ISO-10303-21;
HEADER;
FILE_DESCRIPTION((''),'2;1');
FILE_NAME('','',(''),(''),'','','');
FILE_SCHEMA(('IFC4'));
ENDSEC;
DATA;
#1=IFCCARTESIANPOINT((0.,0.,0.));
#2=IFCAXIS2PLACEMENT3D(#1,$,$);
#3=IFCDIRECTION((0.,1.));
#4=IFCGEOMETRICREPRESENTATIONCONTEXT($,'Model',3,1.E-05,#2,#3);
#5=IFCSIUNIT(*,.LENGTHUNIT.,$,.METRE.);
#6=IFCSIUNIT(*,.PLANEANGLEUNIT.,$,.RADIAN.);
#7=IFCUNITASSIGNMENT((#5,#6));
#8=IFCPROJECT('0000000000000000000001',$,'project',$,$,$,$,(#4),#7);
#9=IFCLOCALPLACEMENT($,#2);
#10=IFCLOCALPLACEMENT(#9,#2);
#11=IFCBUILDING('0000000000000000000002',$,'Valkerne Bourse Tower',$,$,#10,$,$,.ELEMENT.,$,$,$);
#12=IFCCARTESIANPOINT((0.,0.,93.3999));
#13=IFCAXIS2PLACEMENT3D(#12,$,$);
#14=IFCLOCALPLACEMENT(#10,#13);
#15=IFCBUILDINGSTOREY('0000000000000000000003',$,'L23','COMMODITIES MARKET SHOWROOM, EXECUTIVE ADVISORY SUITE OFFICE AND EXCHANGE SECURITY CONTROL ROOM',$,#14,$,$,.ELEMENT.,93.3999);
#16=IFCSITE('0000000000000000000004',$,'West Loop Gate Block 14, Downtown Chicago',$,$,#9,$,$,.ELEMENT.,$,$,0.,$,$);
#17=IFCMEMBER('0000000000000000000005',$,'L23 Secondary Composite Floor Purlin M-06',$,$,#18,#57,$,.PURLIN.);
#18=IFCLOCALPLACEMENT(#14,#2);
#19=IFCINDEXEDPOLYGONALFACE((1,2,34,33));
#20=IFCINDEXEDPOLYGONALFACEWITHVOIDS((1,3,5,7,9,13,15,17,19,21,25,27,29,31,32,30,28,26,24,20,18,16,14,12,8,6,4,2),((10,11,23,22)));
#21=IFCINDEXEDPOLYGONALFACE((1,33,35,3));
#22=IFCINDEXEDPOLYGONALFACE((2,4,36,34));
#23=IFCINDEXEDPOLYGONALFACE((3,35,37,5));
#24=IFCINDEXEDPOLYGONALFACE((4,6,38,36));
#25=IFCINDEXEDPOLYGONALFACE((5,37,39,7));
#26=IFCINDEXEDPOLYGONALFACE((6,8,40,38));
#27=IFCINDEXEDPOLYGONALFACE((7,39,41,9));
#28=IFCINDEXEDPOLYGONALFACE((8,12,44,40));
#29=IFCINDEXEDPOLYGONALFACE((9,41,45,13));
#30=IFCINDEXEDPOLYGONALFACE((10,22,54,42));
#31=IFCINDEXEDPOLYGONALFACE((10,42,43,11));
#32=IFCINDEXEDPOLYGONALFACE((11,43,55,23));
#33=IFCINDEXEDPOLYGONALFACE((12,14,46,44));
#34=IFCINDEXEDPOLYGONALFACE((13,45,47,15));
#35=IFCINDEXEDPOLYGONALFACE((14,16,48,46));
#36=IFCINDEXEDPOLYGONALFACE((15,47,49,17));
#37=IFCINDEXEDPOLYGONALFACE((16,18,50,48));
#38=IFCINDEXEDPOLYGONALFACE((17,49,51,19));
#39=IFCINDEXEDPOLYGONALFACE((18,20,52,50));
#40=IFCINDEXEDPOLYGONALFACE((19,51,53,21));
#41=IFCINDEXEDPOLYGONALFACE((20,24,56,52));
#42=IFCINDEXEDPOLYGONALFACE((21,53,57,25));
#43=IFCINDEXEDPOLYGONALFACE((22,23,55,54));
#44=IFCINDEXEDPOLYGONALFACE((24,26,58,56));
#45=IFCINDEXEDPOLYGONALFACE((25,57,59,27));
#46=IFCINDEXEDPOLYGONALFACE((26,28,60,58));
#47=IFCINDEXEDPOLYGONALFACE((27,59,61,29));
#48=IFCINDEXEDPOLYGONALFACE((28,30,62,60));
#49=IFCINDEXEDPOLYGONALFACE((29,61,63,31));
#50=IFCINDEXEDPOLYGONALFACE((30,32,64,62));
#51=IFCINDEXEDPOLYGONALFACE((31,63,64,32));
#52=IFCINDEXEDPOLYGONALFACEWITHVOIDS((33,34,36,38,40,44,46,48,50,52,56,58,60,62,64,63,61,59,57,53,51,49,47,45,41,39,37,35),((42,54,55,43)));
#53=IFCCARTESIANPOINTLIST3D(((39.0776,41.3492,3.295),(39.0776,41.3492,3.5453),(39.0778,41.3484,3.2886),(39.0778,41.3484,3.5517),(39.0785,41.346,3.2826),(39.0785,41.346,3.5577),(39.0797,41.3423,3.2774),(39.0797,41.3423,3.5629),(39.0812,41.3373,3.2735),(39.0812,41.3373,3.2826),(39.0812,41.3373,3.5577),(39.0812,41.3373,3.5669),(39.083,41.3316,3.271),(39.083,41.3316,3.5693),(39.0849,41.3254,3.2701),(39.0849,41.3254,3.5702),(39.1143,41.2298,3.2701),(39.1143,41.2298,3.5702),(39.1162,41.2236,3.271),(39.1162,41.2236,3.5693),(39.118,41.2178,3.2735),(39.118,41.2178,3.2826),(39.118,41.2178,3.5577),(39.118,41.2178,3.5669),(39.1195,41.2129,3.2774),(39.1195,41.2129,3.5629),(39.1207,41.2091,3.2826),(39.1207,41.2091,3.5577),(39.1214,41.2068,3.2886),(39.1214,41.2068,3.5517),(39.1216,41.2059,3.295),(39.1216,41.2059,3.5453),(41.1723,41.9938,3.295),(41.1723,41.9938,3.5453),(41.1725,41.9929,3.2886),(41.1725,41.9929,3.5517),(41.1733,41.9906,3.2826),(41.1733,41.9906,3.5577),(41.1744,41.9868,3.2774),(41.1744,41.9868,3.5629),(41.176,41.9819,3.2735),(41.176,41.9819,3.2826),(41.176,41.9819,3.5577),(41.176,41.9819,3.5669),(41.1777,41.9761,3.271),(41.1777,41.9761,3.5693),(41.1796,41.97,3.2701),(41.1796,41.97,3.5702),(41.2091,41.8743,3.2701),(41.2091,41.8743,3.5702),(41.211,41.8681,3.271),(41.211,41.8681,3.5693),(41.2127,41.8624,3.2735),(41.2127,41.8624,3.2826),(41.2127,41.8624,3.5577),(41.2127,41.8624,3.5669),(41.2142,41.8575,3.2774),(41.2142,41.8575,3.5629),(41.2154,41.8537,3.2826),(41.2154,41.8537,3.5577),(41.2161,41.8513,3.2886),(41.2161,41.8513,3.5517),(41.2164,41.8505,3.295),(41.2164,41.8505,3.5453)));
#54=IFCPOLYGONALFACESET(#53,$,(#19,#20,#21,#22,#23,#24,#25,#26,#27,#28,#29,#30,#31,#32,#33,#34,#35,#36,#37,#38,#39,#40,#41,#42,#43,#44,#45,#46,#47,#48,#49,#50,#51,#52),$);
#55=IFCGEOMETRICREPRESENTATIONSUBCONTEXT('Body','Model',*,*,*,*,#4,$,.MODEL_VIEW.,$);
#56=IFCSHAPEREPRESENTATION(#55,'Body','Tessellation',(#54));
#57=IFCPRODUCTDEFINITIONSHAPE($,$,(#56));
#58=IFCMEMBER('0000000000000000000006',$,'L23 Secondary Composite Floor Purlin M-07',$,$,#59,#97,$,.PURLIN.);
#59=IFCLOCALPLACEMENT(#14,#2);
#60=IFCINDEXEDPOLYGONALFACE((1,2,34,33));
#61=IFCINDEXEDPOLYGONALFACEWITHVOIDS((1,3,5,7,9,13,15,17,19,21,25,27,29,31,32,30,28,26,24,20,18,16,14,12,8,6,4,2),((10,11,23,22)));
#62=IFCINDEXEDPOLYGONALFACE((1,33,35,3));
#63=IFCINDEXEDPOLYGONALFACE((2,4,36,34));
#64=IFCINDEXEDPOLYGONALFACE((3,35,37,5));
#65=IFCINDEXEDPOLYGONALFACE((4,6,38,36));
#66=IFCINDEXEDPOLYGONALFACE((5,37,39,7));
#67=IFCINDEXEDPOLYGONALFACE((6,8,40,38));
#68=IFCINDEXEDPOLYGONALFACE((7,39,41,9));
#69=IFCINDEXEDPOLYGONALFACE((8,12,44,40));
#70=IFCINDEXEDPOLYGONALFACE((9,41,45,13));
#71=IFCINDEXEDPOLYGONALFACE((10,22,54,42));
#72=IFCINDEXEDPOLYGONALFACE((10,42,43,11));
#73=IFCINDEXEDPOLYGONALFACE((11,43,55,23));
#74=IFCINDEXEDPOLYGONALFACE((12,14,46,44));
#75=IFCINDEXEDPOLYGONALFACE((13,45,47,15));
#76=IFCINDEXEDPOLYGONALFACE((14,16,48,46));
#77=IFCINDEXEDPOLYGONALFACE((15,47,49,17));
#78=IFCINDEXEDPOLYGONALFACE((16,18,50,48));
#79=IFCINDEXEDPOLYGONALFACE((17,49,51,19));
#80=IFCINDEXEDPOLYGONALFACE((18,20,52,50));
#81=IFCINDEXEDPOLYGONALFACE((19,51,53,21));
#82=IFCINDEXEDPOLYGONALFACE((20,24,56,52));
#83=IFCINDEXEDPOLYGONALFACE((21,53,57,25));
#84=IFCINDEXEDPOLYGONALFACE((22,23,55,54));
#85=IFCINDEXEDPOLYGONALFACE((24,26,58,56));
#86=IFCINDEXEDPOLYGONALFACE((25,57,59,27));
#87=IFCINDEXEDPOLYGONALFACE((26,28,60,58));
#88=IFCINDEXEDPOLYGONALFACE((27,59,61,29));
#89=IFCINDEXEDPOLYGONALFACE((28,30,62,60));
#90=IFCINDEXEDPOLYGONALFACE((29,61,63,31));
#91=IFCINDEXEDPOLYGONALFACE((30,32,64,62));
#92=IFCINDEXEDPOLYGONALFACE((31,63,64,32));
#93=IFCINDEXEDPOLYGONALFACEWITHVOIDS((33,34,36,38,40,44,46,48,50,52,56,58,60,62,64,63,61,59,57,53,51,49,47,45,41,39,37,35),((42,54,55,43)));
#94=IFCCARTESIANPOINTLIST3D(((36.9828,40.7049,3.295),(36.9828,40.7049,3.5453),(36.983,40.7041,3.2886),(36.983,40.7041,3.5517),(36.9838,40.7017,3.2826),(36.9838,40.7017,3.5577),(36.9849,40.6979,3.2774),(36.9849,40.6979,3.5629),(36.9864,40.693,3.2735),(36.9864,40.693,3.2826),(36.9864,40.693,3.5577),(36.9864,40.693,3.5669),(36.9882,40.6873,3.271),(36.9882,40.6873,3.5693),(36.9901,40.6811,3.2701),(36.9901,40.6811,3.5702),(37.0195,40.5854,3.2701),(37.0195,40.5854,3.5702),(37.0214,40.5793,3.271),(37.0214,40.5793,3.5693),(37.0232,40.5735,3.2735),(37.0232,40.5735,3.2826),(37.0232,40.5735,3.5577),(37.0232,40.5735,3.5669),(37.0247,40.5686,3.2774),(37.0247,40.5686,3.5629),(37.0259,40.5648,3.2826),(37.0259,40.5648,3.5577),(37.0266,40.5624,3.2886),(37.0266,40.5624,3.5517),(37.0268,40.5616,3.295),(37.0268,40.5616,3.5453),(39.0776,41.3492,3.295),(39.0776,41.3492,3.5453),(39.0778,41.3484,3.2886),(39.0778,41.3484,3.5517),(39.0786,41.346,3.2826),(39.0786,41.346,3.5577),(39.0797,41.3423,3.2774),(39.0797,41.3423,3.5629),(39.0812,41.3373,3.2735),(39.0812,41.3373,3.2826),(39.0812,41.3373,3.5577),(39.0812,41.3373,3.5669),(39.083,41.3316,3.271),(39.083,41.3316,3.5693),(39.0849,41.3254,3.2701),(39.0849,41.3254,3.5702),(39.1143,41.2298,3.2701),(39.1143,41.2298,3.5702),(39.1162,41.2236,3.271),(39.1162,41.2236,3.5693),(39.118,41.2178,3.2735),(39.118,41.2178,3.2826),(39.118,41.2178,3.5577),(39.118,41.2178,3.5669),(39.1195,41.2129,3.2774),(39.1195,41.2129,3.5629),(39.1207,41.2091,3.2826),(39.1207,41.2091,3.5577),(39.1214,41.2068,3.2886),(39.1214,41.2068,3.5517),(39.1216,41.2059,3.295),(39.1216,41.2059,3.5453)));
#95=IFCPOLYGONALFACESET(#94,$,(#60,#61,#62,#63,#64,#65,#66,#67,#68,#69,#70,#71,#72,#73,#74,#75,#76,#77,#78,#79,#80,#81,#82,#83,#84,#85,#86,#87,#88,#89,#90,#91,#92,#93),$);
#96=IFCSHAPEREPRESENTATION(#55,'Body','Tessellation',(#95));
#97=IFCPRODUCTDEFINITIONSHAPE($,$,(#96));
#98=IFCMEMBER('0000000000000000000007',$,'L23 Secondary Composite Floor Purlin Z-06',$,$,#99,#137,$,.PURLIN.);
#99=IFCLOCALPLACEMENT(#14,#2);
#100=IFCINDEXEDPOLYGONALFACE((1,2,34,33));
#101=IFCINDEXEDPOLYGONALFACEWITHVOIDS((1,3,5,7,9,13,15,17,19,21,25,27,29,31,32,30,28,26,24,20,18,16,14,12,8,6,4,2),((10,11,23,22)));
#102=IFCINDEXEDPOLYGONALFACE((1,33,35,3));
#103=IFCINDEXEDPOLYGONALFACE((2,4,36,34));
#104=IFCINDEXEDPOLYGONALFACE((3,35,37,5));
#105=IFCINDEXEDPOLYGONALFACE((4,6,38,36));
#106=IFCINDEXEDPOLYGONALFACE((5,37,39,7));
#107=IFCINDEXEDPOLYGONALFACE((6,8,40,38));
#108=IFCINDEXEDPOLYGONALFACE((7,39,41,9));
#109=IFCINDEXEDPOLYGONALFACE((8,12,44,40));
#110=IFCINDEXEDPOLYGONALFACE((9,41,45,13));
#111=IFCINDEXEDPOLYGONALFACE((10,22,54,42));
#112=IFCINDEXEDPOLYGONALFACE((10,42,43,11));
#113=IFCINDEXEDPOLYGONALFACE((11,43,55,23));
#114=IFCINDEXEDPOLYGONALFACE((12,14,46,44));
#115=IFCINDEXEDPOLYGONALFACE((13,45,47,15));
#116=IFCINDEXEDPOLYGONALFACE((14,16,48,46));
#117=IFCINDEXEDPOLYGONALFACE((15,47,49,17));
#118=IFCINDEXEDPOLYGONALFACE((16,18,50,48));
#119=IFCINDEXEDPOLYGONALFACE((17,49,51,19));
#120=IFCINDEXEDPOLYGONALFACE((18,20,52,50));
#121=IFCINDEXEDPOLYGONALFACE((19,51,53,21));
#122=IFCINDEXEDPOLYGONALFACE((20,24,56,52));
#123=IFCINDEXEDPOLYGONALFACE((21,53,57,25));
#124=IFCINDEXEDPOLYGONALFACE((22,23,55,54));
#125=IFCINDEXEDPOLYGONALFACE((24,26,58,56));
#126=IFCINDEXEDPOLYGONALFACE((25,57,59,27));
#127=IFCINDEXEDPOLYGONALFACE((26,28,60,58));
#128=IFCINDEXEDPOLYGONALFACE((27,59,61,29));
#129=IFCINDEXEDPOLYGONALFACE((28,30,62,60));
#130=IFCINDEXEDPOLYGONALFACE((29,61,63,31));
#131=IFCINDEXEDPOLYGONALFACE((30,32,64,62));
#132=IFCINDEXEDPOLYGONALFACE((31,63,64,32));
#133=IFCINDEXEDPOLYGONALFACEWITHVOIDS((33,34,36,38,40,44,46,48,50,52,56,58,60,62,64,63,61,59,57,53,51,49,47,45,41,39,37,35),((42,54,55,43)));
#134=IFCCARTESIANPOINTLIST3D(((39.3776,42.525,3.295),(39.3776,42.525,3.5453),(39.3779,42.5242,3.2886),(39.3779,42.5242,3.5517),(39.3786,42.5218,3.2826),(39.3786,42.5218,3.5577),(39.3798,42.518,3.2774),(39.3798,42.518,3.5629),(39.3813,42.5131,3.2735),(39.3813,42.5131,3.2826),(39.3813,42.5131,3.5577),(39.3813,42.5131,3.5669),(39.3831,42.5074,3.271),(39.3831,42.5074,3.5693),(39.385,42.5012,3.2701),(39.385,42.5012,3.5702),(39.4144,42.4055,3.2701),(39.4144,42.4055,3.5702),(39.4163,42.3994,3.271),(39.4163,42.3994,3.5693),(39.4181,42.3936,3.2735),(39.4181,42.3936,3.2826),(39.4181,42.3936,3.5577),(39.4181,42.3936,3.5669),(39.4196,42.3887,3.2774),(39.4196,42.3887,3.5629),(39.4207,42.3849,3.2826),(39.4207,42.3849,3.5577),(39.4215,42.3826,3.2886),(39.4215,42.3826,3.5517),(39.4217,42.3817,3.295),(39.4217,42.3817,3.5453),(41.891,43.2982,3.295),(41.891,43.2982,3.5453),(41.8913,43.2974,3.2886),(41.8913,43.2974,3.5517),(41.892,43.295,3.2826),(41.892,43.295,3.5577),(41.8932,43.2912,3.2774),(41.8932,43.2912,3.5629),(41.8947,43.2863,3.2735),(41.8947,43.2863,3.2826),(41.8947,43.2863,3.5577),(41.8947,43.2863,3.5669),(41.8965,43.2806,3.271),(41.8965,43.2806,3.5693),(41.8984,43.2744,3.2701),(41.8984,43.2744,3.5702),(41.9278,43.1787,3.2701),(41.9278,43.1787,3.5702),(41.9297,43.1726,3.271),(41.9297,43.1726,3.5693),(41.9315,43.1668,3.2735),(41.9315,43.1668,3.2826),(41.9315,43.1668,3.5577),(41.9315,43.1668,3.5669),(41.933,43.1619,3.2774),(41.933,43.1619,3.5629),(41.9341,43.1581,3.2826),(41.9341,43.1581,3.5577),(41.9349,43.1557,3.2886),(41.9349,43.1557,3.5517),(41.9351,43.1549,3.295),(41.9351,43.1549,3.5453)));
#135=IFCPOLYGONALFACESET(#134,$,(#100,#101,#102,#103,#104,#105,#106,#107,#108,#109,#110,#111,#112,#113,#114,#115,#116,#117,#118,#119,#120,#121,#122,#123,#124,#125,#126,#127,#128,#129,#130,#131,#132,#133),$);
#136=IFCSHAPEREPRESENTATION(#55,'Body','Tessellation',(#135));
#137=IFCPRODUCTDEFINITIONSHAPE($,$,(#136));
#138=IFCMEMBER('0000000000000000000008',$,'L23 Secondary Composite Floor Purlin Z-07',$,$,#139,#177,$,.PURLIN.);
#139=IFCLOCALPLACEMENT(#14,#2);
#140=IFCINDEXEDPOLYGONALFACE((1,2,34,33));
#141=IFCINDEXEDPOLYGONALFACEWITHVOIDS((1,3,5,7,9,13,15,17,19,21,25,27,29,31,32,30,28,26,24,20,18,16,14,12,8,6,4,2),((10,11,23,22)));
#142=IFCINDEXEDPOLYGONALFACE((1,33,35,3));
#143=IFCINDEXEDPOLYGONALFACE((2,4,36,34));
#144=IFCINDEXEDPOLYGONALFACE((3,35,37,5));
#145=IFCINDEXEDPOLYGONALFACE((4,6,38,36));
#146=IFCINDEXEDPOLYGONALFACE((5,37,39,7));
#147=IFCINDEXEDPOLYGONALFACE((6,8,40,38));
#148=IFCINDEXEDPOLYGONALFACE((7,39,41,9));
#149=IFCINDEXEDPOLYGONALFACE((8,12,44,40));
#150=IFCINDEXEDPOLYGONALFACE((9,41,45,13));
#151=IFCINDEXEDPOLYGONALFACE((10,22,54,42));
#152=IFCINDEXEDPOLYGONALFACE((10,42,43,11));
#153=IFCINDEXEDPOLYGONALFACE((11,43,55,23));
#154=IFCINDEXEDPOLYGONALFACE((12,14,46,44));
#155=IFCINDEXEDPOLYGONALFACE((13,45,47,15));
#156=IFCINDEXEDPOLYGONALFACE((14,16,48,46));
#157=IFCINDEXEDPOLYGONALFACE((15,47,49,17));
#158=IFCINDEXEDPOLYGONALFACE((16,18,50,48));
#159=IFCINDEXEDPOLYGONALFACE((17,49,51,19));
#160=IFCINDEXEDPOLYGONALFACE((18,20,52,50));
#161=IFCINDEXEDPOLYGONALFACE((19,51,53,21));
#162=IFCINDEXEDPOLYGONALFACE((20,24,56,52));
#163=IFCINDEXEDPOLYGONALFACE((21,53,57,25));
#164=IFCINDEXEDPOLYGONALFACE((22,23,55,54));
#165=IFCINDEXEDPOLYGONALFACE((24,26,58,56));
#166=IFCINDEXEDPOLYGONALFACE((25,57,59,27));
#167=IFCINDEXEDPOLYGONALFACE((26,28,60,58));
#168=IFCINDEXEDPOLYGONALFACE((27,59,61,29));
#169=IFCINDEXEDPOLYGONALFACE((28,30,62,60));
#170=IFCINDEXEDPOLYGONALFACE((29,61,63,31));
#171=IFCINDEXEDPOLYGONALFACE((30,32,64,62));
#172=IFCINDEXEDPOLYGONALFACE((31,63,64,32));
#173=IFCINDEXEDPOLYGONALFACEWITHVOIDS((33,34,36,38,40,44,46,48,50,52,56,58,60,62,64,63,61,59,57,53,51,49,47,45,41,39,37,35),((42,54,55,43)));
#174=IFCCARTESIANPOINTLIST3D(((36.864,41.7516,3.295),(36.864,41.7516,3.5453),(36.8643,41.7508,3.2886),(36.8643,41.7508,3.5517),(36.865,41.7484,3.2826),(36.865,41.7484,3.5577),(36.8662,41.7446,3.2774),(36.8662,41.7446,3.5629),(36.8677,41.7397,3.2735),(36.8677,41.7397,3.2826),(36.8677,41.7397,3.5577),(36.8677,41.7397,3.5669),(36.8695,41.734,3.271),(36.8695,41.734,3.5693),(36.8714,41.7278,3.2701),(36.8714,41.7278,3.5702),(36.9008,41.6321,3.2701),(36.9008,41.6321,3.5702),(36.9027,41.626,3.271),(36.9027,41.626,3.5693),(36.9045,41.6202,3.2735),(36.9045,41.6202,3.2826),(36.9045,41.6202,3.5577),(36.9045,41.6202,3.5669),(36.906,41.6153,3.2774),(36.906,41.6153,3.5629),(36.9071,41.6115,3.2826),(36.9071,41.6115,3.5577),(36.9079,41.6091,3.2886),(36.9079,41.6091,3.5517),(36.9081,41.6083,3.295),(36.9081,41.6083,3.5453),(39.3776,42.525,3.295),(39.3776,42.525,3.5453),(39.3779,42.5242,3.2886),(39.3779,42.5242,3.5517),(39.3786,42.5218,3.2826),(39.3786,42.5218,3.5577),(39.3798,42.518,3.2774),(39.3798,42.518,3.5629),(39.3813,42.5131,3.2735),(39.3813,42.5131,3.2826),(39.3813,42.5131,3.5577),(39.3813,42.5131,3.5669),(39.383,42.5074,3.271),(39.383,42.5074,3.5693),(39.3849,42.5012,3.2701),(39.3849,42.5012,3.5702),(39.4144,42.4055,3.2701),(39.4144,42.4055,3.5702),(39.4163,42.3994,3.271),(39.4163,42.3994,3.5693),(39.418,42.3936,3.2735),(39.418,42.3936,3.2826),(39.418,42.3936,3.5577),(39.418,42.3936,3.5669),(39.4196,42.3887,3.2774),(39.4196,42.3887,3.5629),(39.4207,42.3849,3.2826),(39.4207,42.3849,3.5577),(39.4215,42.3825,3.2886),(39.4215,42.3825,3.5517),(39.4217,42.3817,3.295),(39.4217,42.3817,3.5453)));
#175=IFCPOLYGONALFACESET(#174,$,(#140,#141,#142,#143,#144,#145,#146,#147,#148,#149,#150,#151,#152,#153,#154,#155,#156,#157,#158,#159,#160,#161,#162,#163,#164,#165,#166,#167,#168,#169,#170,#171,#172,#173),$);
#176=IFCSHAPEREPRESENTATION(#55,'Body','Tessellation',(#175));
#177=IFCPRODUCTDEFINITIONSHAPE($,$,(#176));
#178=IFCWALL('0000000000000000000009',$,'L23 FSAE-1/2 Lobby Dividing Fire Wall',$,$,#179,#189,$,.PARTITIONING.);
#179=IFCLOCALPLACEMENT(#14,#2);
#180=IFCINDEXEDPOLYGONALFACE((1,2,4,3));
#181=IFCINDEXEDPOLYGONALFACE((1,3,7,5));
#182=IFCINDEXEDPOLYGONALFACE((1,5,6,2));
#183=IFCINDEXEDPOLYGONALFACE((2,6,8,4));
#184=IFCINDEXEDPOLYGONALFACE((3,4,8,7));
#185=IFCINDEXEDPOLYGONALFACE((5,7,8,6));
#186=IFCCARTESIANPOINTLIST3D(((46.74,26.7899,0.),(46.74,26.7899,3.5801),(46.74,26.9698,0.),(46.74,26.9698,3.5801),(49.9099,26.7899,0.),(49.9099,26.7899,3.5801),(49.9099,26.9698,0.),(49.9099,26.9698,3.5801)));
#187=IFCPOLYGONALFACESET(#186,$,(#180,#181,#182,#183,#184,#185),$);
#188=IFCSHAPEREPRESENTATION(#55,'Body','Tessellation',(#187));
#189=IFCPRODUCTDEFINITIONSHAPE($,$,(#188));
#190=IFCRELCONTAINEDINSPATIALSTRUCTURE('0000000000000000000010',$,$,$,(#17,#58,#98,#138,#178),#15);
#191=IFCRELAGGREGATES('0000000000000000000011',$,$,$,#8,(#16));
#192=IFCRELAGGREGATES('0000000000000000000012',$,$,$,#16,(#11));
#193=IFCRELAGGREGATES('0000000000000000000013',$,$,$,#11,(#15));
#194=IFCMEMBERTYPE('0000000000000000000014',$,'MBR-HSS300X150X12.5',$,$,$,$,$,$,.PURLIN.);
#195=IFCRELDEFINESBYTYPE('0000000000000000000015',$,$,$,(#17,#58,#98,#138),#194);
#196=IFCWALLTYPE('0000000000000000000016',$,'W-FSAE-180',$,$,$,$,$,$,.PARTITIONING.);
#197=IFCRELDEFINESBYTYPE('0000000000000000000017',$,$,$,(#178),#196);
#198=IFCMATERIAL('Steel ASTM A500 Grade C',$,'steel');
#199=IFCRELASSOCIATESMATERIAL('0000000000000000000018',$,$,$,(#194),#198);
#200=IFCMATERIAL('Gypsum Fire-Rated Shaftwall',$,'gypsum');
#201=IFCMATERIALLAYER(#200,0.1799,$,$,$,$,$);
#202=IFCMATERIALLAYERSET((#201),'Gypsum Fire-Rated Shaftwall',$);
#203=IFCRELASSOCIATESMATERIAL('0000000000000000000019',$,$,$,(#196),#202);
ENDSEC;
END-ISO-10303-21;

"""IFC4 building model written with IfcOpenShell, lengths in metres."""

from ifc_helpers import new_model, si_unit, direction, frame, frame_2d, origin, origin_2d, place, context, subcontext, project, spatial, rectangle, hollow_rectangle, extrude, material, layer, layer_set, material_profile, profile_set, type_object, element, save


model = new_model("IFC4")

# Units and contexts
model_context = context("Model", 3, precision=1e-05, world=origin(), true_north=direction((0.0, 1.0)))
body_context = subcontext(model_context, "Body", "Model", "MODEL_VIEW")
ifc_project = project(units=[si_unit("LENGTHUNIT", "METRE"), si_unit("PLANEANGLEUNIT", "RADIAN")], contexts=[model_context])

# Site, building, storey
site_placement = place(None, origin())
site = spatial("IfcSite", under=ifc_project, at=site_placement, Name="West Loop Gate Block 14, Downtown Chicago", CompositionType="ELEMENT", RefElevation=0.0)
building_placement = place(site_placement, origin())
building = spatial("IfcBuilding", under=site, at=building_placement, Name="Valkerne Bourse Tower", CompositionType="ELEMENT")
storey_placement = place(building_placement, frame((0.0, 0.0, 93.3999)))
storey = spatial("IfcBuildingStorey", under=building, at=storey_placement, Name="L23", Description="COMMODITIES MARKET SHOWROOM, EXECUTIVE ADVISORY SUITE OFFICE AND EXCHANGE SECURITY CONTROL ROOM", CompositionType="ELEMENT", Elevation=93.3999)

# Members
ifc_material_1 = material(Name="Steel ASTM A500 Grade C", Category="steel")
ifc_material_profile_1 = material_profile(ifc_material_1, hollow_rectangle(XDim=0.1499, YDim=0.3, WallThickness=0.0125, OuterFilletRadius=0.0249, at=origin_2d()), Name="HSS300X150X12.5")
ifc_profile_set_1 = profile_set([ifc_material_profile_1], Name="Steel ASTM A500 Grade C")
member_type = type_object("IfcMemberType", Name="MBR-HSS300X150X12.5", PredefinedType="PURLIN", material=ifc_profile_set_1)
for number, where, z_axis, x_axis, name in (
    (1, (41.1943, 41.9221, 3.4202), (-0.955779, -0.294086, 0.0), (0.294086, -0.955779, 0.0), "L23 Secondary Composite Floor Purlin M-06"),
    (2, (39.0996, 41.2776, 3.4202), (-0.95581, -0.293984, 0.0), (0.293984, -0.95581, 0.0), "L23 Secondary Composite Floor Purlin M-07"),
):
    element("IfcMember", number, at=place(storey_placement, frame(where, z_axis=z_axis, x_axis=x_axis)), inside=storey, type_object=member_type, Name=name, PredefinedType="PURLIN", context=body_context, shape_type="SweptSolid", body=[
        extrude(hollow_rectangle(XDim=0.1499, YDim=0.3, WallThickness=0.0125, OuterFilletRadius=0.0249, at=origin_2d()), origin(), (0.0, 0.0, 1.0), 2.1917),
    ])
member_1_placement = place(storey_placement, frame((41.9131, 43.2266, 3.4202), z_axis=(-0.955797, -0.294027, 0.0), x_axis=(0.294027, -0.955797, 0.0)))
element("IfcMember", 3, at=member_1_placement, inside=storey, type_object=member_type, Name="L23 Secondary Composite Floor Purlin Z-06", PredefinedType="PURLIN", context=body_context, shape_type="SweptSolid", body=[
    extrude(hollow_rectangle(XDim=0.1499, YDim=0.3, WallThickness=0.0125, OuterFilletRadius=0.0249, at=origin_2d()), origin(), (0.0, 0.0, 1.0), 2.6296),
])
member_2_placement = place(storey_placement, frame((39.3997, 42.4534, 3.4202), z_axis=(-0.955779, -0.294086, 0.0), x_axis=(0.294086, -0.955779, 0.0)))
element("IfcMember", 4, at=member_2_placement, inside=storey, type_object=member_type, Name="L23 Secondary Composite Floor Purlin Z-07", PredefinedType="PURLIN", context=body_context, shape_type="SweptSolid", body=[
    extrude(hollow_rectangle(XDim=0.1499, YDim=0.3, WallThickness=0.0125, OuterFilletRadius=0.0249, at=origin_2d()), origin(), (0.0, 0.0, 1.0), 2.6299),
])

# Wall
ifc_material_2 = material(Name="Gypsum Fire-Rated Shaftwall", Category="gypsum")
ifc_layer_1 = layer(ifc_material_2, 0.1799)
ifc_layer_set_1 = layer_set([ifc_layer_1], Name="Gypsum Fire-Rated Shaftwall")
wall_type_1 = type_object("IfcWallType", Name="W-FSAE-180", PredefinedType="PARTITIONING", material=ifc_layer_set_1)
wall_1_placement = place(storey_placement, frame((46.74, 26.8799, 0.0), z_axis=(0.0, 0.0, 1.0), x_axis=(1.0, 0.0, 0.0)))
element("IfcWall", 5, at=wall_1_placement, inside=storey, type_object=wall_type_1, Name="L23 FSAE-1/2 Lobby Dividing Fire Wall", PredefinedType="PARTITIONING", context=body_context, shape_type="SweptSolid", body=[
    extrude(rectangle(XDim=3.1699, YDim=0.1799, at=frame_2d((1.585, 0.0))), origin(), (0.0, 0.0, 1.0), 3.5801),
])

save(model, "model.ifc")
